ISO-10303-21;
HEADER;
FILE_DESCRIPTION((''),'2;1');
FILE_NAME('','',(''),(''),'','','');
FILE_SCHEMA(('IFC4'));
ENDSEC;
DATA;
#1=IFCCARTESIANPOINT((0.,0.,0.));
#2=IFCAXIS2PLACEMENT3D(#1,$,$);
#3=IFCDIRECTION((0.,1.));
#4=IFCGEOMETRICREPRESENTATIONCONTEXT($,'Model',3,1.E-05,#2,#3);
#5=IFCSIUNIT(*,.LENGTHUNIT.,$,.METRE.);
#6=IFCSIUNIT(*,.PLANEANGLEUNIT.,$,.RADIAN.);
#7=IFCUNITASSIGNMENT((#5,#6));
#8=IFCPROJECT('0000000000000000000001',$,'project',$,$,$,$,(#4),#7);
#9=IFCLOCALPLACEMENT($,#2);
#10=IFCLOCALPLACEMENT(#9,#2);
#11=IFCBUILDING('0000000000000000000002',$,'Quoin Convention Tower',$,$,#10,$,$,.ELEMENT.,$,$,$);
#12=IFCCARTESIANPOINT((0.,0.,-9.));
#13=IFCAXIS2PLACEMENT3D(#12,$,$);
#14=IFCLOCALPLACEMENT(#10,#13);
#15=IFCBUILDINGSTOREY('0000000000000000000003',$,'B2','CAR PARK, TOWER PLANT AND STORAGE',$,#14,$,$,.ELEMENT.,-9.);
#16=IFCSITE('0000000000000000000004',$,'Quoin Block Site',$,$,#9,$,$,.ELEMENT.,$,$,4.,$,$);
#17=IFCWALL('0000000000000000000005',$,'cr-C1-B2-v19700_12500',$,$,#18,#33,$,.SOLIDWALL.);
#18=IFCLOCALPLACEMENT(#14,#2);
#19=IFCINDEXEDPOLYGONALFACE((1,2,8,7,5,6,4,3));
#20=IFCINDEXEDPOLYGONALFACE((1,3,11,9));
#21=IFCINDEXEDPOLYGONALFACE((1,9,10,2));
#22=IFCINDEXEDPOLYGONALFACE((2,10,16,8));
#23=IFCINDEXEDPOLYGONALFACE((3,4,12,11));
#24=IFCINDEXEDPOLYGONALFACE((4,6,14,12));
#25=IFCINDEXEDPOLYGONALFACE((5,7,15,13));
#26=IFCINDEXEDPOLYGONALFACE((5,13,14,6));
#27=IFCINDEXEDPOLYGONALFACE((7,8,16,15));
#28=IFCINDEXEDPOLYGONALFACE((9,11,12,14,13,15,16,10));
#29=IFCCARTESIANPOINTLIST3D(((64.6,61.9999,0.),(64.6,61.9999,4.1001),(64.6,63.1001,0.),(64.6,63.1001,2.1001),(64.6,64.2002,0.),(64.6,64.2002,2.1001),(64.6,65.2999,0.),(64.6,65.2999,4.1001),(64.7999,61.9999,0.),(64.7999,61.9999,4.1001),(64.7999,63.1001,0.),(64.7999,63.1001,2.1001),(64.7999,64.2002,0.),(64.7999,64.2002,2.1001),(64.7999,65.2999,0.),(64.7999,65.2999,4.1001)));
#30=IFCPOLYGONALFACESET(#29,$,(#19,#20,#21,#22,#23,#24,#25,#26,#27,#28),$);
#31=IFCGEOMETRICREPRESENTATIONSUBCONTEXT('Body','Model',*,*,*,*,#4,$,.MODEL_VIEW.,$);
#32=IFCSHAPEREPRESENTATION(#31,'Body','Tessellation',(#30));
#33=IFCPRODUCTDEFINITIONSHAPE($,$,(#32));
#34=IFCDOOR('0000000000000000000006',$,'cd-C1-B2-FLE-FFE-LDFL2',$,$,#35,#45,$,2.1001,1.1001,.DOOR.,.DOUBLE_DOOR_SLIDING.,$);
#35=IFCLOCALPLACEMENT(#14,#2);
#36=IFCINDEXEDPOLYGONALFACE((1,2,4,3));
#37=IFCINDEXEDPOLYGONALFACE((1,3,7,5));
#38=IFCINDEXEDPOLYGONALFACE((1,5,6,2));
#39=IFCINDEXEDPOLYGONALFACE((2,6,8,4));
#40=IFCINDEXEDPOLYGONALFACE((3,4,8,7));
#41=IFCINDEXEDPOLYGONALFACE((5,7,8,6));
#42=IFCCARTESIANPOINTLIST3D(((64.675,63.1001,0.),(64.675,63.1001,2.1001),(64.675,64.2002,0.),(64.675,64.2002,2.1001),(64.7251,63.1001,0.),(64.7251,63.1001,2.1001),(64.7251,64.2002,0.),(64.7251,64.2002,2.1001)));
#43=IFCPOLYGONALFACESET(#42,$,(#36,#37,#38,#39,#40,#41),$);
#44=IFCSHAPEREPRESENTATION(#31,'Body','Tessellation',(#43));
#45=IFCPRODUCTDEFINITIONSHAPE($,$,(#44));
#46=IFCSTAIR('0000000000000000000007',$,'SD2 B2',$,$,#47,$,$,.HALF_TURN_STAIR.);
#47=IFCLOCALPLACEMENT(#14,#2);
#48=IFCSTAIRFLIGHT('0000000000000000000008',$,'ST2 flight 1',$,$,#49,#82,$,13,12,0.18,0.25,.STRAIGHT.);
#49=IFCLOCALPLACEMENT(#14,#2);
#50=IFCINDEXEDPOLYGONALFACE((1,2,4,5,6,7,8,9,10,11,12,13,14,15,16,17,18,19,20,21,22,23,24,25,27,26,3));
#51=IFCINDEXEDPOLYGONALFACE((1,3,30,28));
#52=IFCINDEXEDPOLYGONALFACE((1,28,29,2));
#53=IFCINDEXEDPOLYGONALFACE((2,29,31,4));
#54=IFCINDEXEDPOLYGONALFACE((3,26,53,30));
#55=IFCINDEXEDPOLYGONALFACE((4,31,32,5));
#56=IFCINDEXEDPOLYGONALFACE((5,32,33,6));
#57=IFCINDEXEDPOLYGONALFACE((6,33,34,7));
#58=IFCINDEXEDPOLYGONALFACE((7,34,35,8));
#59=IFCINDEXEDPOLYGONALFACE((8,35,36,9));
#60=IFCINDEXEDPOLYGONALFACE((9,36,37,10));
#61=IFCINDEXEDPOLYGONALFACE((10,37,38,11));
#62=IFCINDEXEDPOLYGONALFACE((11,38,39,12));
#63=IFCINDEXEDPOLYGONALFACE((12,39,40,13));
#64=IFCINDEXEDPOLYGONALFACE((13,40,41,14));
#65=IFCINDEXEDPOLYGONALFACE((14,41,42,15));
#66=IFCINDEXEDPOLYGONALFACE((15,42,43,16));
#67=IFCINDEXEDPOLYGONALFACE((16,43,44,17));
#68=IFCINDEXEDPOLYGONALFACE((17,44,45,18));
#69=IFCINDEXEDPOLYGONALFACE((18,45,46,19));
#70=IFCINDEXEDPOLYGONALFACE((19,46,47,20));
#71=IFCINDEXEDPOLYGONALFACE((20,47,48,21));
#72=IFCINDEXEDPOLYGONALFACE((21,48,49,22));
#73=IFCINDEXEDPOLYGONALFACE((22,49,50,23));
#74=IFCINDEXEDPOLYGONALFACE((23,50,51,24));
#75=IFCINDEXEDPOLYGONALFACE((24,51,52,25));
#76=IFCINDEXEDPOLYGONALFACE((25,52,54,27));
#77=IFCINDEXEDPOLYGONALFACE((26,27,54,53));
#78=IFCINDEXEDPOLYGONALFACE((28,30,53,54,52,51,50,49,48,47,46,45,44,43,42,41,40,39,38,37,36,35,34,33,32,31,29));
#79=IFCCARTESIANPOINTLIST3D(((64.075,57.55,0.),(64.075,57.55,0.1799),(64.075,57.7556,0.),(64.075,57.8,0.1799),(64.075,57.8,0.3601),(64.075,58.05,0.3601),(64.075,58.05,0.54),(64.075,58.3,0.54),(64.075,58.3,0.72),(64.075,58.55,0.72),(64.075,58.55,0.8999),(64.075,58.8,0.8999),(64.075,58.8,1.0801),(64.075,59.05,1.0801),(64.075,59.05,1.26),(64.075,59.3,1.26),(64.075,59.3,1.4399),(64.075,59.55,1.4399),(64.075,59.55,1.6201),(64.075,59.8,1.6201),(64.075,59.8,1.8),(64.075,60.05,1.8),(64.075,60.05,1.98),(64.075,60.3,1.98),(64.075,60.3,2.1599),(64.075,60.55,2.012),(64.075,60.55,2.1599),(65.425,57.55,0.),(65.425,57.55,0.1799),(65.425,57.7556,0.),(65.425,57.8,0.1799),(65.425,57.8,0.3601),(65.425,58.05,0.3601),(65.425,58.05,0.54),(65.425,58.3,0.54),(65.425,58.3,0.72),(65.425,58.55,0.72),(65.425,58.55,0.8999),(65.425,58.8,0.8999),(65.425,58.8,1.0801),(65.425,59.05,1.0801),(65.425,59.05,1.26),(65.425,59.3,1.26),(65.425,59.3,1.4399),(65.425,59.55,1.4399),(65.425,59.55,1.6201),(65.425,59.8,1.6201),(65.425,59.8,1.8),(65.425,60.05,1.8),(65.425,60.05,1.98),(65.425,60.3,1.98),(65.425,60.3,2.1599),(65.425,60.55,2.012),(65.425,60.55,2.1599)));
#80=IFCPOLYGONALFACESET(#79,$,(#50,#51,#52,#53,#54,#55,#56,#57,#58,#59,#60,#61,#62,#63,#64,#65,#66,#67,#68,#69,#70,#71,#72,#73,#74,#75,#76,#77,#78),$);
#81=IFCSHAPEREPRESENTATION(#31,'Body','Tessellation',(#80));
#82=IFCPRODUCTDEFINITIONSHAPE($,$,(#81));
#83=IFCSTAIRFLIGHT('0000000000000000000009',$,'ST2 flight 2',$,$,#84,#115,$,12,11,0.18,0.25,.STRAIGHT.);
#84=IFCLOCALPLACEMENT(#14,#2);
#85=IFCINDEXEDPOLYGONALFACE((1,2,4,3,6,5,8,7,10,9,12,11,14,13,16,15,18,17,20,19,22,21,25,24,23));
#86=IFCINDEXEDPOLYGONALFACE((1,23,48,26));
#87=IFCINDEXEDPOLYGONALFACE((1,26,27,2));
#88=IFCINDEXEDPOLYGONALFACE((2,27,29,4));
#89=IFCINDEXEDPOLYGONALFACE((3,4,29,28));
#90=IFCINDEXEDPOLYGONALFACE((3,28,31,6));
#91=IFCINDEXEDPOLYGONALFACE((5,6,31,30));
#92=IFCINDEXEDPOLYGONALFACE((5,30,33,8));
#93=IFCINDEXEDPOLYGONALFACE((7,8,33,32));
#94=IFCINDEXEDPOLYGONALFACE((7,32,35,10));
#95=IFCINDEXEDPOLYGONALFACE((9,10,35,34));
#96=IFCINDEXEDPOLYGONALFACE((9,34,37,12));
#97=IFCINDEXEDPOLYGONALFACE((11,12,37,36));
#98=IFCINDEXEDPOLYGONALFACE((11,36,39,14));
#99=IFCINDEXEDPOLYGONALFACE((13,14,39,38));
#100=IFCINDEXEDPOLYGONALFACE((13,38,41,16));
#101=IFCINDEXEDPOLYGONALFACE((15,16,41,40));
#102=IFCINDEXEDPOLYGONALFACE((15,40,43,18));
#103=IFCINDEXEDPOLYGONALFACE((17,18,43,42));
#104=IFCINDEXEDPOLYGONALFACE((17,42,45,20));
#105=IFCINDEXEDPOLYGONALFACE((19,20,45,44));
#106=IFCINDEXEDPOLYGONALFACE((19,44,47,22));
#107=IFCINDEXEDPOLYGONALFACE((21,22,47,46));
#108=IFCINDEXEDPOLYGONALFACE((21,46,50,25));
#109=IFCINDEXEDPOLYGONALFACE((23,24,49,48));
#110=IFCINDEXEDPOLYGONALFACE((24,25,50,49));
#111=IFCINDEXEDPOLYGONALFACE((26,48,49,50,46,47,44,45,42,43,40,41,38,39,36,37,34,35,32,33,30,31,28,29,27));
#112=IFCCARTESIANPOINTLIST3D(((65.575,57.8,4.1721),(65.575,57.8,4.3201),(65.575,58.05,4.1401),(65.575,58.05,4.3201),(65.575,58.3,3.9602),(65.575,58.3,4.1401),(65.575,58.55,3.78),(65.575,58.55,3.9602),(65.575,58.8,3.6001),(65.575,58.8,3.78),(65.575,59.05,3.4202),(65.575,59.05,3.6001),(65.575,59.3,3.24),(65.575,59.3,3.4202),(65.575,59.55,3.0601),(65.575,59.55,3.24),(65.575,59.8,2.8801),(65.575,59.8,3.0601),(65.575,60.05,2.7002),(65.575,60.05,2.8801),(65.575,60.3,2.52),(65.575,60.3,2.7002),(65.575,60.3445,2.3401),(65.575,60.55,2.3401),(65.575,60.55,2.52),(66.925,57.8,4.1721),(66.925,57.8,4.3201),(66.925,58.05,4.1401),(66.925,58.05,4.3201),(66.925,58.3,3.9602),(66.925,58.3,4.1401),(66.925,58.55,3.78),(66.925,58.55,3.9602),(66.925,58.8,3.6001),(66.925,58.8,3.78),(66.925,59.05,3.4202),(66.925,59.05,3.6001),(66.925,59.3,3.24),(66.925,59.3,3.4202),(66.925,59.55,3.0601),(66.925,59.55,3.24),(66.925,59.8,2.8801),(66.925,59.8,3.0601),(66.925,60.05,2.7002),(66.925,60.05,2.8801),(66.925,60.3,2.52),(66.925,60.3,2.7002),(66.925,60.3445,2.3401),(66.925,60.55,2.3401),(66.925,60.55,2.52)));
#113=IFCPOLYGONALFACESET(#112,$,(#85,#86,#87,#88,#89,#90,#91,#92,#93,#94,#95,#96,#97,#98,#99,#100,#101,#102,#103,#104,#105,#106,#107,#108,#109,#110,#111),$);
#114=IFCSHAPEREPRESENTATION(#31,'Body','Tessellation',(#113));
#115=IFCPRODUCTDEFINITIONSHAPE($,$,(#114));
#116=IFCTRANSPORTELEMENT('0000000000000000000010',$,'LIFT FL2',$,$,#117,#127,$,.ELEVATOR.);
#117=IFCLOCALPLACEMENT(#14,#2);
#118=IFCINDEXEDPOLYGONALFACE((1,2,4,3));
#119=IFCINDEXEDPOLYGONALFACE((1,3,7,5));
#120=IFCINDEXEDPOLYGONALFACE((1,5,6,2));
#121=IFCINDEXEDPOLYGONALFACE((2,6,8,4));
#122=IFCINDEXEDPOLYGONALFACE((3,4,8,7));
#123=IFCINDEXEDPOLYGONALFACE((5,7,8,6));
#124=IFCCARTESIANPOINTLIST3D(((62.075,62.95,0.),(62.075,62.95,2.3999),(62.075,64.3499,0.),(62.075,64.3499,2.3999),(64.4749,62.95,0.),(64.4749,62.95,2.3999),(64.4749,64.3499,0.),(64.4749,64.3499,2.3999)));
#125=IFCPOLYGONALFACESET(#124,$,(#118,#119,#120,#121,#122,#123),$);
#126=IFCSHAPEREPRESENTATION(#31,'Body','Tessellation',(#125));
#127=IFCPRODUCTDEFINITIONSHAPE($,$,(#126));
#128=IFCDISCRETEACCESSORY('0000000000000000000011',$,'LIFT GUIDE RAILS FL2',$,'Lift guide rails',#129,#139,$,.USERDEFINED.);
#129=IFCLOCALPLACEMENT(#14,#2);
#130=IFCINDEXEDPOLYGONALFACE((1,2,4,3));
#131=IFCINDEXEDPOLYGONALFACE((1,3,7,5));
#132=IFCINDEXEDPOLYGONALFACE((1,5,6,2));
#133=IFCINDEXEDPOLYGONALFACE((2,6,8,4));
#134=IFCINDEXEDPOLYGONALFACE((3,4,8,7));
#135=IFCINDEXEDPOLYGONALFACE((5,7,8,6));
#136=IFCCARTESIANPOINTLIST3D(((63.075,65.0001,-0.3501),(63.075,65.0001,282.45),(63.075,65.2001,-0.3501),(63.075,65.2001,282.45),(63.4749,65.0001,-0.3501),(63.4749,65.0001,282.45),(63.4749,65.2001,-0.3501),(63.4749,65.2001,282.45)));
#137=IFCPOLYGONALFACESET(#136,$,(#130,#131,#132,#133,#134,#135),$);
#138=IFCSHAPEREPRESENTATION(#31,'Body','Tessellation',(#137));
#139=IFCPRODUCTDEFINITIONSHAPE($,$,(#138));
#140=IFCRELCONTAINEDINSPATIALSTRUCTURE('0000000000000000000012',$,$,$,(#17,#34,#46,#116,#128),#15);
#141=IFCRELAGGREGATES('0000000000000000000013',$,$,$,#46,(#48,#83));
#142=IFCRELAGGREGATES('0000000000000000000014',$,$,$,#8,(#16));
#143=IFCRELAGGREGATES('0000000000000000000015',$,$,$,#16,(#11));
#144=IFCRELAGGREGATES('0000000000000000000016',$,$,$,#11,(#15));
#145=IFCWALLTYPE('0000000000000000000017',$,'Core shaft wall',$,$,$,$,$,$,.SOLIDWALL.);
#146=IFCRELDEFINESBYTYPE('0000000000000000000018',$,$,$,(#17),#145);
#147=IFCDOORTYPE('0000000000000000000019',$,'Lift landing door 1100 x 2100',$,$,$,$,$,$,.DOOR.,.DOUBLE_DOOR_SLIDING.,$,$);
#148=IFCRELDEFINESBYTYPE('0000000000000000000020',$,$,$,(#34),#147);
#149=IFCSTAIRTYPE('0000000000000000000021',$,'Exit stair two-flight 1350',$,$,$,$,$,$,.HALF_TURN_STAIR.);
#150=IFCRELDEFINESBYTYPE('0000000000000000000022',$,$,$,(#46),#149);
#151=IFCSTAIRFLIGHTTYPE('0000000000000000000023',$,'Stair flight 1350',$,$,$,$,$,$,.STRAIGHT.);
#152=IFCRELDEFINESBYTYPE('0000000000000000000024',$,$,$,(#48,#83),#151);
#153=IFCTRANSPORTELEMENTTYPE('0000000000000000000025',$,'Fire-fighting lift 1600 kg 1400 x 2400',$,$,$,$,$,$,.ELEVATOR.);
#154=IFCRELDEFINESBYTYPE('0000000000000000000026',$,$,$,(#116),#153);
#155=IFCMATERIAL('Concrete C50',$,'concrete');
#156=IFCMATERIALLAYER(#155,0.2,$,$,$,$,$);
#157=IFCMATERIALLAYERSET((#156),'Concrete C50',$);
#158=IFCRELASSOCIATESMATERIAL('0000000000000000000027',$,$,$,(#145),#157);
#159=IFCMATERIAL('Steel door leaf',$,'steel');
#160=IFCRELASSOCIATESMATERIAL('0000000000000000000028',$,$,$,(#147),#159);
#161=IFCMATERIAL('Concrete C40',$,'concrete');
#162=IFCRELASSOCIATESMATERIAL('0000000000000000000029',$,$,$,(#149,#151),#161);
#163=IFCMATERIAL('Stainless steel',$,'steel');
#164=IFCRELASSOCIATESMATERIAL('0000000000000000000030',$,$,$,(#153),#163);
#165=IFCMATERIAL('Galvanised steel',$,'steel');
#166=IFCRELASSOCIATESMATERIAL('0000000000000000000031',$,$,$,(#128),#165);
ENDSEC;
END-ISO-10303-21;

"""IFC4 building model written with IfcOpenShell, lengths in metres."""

from ifc_helpers import new_model, si_unit, direction, frame, frame_2d, origin, origin_2d, place, context, subcontext, project, spatial, polyline, rectangle, outline, extrude, material, layer, layer_set, type_object, element, fill, aggregate, save


model = new_model("IFC4")

# Units and contexts
model_context = context("Model", 3, precision=1e-05, world=origin(), true_north=direction((0.0, 1.0)))
body_context = subcontext(model_context, "Body", "Model", "MODEL_VIEW")
ifc_project = project(units=[si_unit("LENGTHUNIT", "METRE"), si_unit("PLANEANGLEUNIT", "RADIAN")], contexts=[model_context])

# Site, building, storey
site_placement = place(None, origin())
site = spatial("IfcSite", under=ifc_project, at=site_placement, Name="Quoin Block Site", CompositionType="ELEMENT", RefElevation=4.0)
building_placement = place(site_placement, origin())
building = spatial("IfcBuilding", under=site, at=building_placement, Name="Quoin Convention Tower", CompositionType="ELEMENT")
storey_placement = place(building_placement, frame((0.0, 0.0, -9.0)))
storey = spatial("IfcBuildingStorey", under=building, at=storey_placement, Name="B2", Description="CAR PARK, TOWER PLANT AND STORAGE", CompositionType="ELEMENT", Elevation=-9.0)

# Shared definitions
ifc_material_1 = material(Name="Concrete C40", Category="concrete")

# Shared definitions
ifc_material_2 = material(Name="Concrete C50", Category="concrete")
ifc_layer_1 = layer(ifc_material_2, 0.2)
ifc_layer_set_1 = layer_set([ifc_layer_1], Name="Concrete C50")
wall_type_1 = type_object("IfcWallType", Name="Core shaft wall", PredefinedType="SOLIDWALL", material=ifc_layer_set_1)

# Wall, opening, door
wall_1_placement = place(storey_placement, frame((64.7, 62.0, 0.0), z_axis=(0.0, 0.0, 1.0), x_axis=(0.0, 1.0, 0.0)))
wall_1 = element("IfcWall", 1, at=wall_1_placement, inside=storey, type_object=wall_type_1, Name="cr-C1-B2-v19700_12500", PredefinedType="SOLIDWALL", context=body_context, shape_type="SweptSolid", body=[
    extrude(rectangle(XDim=3.3, YDim=0.2, at=frame_2d((1.6499, 0.0))), origin(), (0.0, 0.0, 1.0), 4.1001),
])
opening_placement = place(wall_1_placement, frame((1.1001, 0.0, 0.0)))
opening = element("IfcOpeningElement", 2, at=opening_placement, cuts=wall_1, PredefinedType="OPENING", context=body_context, shape_type="SweptSolid", body=[
    extrude(rectangle(XDim=1.1001, YDim=2.1001, at=frame_2d((0.55, 1.05))), frame((0.0, 0.1099, 0.0), z_axis=(0.0, -1.0, 0.0), x_axis=(1.0, 0.0, 0.0)), (0.0, 0.0, 1.0), 0.22),
])
ifc_material_3 = material(Name="Steel door leaf", Category="steel")
door_type = type_object("IfcDoorType", Name="Lift landing door 1100 x 2100", OperationType="DOUBLE_DOOR_SLIDING", PredefinedType="DOOR", material=ifc_material_3)
door_placement = place(opening_placement, origin())
door = element("IfcDoor", 3, at=door_placement, inside=storey, type_object=door_type, Name="cd-C1-B2-FLE-FFE-LDFL2", OperationType="DOUBLE_DOOR_SLIDING", OverallHeight=2.1001, OverallWidth=1.1001, PredefinedType="DOOR", context=body_context, shape_type="SweptSolid", body=[
    extrude(rectangle(XDim=1.1001, YDim=2.1001, at=frame_2d((0.55, 1.05))), frame((0.0, 0.0249, 0.0), z_axis=(0.0, -1.0, 0.0), x_axis=(1.0, 0.0, 0.0)), (0.0, 0.0, 1.0), 0.05),
])
fill(opening, door)

# Stair, stair flights
stair_type = type_object("IfcStairType", Name="Exit stair two-flight 1350", PredefinedType="HALF_TURN_STAIR", material=ifc_material_1)
stair_placement = place(storey_placement, origin())
stair = element("IfcStair", 4, at=stair_placement, inside=storey, type_object=stair_type, Name="SD2 B2", PredefinedType="HALF_TURN_STAIR")
stair_flight_type = type_object("IfcStairFlightType", Name="Stair flight 1350", PredefinedType="STRAIGHT", material=ifc_material_1)
stair_flight_1_placement = place(storey_placement, frame((64.75, 57.55, 0.0), z_axis=(0.0, 0.0, 1.0), x_axis=(0.0, 1.0, 0.0)))
stair_flight_1 = element("IfcStairFlight", 5, at=stair_flight_1_placement, type_object=stair_flight_type, Name="ST2 flight 1", NumberOfRisers=13, NumberOfTreads=12, PredefinedType="STRAIGHT", RiserHeight=0.18, TreadLength=0.25, context=body_context, shape_type="SweptSolid", body=[
    extrude(outline(polyline([(0.0, 0.0), (0.0, 0.1799), (0.25, 0.1799), (0.25, 0.3601), (0.5, 0.3601), (0.5, 0.54), (0.75, 0.54), (0.75, 0.72), (1.0, 0.72), (1.0, 0.8999), (1.25, 0.8999), (1.25, 1.0801), (1.5, 1.0801), (1.5, 1.26), (1.75, 1.26), (1.75, 1.4399), (2.0, 1.4399), (2.0, 1.6201), (2.25, 1.6201), (2.25, 1.8), (2.5, 1.8), (2.5, 1.98), (2.75, 1.98), (2.75, 2.1599), (3.0, 2.1599), (3.0, 2.3401), (3.0, 2.012), (0.2056, 0.0), (0.0, 0.0)])), frame((0.0, 0.675, 0.0), z_axis=(0.0, -1.0, 0.0), x_axis=(1.0, 0.0, 0.0)), (0.0, 0.0, 1.0), 1.3501),
])
stair_flight_2_placement = place(storey_placement, frame((66.25, 60.55, 2.3401), z_axis=(0.0, 0.0, 1.0), x_axis=(0.0, -1.0, 0.0)))
stair_flight_2 = element("IfcStairFlight", 6, at=stair_flight_2_placement, type_object=stair_flight_type, Name="ST2 flight 2", NumberOfRisers=12, NumberOfTreads=11, PredefinedType="STRAIGHT", RiserHeight=0.18, TreadLength=0.25, context=body_context, shape_type="SweptSolid", body=[
    extrude(outline(polyline([(0.0, 0.0), (0.0, 0.1799), (0.25, 0.1799), (0.25, 0.3601), (0.5, 0.3601), (0.5, 0.54), (0.75, 0.54), (0.75, 0.72), (1.0, 0.72), (1.0, 0.8999), (1.25, 0.8999), (1.25, 1.0801), (1.5, 1.0801), (1.5, 1.26), (1.75, 1.26), (1.75, 1.4399), (2.0, 1.4399), (2.0, 1.6201), (2.25, 1.6201), (2.25, 1.8), (2.5, 1.8), (2.5, 1.98), (2.75, 1.98), (2.75, 2.1599), (2.75, 1.832), (0.2056, 0.0), (0.0, 0.0)])), frame((0.0, 0.675, 0.0), z_axis=(0.0, -1.0, 0.0), x_axis=(1.0, 0.0, 0.0)), (0.0, 0.0, 1.0), 1.3501),
])
aggregate(stair, [stair_flight_1, stair_flight_2])

# Shared definitions
ifc_material_4 = material(Name="Stainless steel", Category="steel")

# Transport element
transport_element_type = type_object("IfcTransportElementType", Name="Fire-fighting lift 1600 kg 1400 x 2400", PredefinedType="ELEVATOR", material=ifc_material_4)
transport_element_placement = place(storey_placement, frame((63.2749, 63.6499, 0.0), z_axis=(0.0, 0.0, 1.0), x_axis=(1.0, 0.0, 0.0)))
element("IfcTransportElement", 7, at=transport_element_placement, inside=storey, type_object=transport_element_type, Name="LIFT FL2", PredefinedType="ELEVATOR", context=body_context, shape_type="SweptSolid", body=[
    extrude(rectangle(XDim=2.3999, YDim=1.3999, at=origin_2d()), origin(), (0.0, 0.0, 1.0), 2.3999),
])

# Discrete accessory
ifc_material_5 = material(Name="Galvanised steel", Category="steel")
discrete_accessory_placement = place(storey_placement, frame((63.2749, 65.1001, -0.3501), z_axis=(0.0, 0.0, 1.0), x_axis=(1.0, 0.0, 0.0)))
element("IfcDiscreteAccessory", 8, at=discrete_accessory_placement, inside=storey, material=ifc_material_5, Name="LIFT GUIDE RAILS FL2", ObjectType="Lift guide rails", PredefinedType="USERDEFINED", context=body_context, shape_type="SweptSolid", body=[
    extrude(rectangle(XDim=0.3999, YDim=0.2, at=origin_2d()), origin(), (0.0, 0.0, 1.0), 282.8),
])

save(model, "model.ifc")
